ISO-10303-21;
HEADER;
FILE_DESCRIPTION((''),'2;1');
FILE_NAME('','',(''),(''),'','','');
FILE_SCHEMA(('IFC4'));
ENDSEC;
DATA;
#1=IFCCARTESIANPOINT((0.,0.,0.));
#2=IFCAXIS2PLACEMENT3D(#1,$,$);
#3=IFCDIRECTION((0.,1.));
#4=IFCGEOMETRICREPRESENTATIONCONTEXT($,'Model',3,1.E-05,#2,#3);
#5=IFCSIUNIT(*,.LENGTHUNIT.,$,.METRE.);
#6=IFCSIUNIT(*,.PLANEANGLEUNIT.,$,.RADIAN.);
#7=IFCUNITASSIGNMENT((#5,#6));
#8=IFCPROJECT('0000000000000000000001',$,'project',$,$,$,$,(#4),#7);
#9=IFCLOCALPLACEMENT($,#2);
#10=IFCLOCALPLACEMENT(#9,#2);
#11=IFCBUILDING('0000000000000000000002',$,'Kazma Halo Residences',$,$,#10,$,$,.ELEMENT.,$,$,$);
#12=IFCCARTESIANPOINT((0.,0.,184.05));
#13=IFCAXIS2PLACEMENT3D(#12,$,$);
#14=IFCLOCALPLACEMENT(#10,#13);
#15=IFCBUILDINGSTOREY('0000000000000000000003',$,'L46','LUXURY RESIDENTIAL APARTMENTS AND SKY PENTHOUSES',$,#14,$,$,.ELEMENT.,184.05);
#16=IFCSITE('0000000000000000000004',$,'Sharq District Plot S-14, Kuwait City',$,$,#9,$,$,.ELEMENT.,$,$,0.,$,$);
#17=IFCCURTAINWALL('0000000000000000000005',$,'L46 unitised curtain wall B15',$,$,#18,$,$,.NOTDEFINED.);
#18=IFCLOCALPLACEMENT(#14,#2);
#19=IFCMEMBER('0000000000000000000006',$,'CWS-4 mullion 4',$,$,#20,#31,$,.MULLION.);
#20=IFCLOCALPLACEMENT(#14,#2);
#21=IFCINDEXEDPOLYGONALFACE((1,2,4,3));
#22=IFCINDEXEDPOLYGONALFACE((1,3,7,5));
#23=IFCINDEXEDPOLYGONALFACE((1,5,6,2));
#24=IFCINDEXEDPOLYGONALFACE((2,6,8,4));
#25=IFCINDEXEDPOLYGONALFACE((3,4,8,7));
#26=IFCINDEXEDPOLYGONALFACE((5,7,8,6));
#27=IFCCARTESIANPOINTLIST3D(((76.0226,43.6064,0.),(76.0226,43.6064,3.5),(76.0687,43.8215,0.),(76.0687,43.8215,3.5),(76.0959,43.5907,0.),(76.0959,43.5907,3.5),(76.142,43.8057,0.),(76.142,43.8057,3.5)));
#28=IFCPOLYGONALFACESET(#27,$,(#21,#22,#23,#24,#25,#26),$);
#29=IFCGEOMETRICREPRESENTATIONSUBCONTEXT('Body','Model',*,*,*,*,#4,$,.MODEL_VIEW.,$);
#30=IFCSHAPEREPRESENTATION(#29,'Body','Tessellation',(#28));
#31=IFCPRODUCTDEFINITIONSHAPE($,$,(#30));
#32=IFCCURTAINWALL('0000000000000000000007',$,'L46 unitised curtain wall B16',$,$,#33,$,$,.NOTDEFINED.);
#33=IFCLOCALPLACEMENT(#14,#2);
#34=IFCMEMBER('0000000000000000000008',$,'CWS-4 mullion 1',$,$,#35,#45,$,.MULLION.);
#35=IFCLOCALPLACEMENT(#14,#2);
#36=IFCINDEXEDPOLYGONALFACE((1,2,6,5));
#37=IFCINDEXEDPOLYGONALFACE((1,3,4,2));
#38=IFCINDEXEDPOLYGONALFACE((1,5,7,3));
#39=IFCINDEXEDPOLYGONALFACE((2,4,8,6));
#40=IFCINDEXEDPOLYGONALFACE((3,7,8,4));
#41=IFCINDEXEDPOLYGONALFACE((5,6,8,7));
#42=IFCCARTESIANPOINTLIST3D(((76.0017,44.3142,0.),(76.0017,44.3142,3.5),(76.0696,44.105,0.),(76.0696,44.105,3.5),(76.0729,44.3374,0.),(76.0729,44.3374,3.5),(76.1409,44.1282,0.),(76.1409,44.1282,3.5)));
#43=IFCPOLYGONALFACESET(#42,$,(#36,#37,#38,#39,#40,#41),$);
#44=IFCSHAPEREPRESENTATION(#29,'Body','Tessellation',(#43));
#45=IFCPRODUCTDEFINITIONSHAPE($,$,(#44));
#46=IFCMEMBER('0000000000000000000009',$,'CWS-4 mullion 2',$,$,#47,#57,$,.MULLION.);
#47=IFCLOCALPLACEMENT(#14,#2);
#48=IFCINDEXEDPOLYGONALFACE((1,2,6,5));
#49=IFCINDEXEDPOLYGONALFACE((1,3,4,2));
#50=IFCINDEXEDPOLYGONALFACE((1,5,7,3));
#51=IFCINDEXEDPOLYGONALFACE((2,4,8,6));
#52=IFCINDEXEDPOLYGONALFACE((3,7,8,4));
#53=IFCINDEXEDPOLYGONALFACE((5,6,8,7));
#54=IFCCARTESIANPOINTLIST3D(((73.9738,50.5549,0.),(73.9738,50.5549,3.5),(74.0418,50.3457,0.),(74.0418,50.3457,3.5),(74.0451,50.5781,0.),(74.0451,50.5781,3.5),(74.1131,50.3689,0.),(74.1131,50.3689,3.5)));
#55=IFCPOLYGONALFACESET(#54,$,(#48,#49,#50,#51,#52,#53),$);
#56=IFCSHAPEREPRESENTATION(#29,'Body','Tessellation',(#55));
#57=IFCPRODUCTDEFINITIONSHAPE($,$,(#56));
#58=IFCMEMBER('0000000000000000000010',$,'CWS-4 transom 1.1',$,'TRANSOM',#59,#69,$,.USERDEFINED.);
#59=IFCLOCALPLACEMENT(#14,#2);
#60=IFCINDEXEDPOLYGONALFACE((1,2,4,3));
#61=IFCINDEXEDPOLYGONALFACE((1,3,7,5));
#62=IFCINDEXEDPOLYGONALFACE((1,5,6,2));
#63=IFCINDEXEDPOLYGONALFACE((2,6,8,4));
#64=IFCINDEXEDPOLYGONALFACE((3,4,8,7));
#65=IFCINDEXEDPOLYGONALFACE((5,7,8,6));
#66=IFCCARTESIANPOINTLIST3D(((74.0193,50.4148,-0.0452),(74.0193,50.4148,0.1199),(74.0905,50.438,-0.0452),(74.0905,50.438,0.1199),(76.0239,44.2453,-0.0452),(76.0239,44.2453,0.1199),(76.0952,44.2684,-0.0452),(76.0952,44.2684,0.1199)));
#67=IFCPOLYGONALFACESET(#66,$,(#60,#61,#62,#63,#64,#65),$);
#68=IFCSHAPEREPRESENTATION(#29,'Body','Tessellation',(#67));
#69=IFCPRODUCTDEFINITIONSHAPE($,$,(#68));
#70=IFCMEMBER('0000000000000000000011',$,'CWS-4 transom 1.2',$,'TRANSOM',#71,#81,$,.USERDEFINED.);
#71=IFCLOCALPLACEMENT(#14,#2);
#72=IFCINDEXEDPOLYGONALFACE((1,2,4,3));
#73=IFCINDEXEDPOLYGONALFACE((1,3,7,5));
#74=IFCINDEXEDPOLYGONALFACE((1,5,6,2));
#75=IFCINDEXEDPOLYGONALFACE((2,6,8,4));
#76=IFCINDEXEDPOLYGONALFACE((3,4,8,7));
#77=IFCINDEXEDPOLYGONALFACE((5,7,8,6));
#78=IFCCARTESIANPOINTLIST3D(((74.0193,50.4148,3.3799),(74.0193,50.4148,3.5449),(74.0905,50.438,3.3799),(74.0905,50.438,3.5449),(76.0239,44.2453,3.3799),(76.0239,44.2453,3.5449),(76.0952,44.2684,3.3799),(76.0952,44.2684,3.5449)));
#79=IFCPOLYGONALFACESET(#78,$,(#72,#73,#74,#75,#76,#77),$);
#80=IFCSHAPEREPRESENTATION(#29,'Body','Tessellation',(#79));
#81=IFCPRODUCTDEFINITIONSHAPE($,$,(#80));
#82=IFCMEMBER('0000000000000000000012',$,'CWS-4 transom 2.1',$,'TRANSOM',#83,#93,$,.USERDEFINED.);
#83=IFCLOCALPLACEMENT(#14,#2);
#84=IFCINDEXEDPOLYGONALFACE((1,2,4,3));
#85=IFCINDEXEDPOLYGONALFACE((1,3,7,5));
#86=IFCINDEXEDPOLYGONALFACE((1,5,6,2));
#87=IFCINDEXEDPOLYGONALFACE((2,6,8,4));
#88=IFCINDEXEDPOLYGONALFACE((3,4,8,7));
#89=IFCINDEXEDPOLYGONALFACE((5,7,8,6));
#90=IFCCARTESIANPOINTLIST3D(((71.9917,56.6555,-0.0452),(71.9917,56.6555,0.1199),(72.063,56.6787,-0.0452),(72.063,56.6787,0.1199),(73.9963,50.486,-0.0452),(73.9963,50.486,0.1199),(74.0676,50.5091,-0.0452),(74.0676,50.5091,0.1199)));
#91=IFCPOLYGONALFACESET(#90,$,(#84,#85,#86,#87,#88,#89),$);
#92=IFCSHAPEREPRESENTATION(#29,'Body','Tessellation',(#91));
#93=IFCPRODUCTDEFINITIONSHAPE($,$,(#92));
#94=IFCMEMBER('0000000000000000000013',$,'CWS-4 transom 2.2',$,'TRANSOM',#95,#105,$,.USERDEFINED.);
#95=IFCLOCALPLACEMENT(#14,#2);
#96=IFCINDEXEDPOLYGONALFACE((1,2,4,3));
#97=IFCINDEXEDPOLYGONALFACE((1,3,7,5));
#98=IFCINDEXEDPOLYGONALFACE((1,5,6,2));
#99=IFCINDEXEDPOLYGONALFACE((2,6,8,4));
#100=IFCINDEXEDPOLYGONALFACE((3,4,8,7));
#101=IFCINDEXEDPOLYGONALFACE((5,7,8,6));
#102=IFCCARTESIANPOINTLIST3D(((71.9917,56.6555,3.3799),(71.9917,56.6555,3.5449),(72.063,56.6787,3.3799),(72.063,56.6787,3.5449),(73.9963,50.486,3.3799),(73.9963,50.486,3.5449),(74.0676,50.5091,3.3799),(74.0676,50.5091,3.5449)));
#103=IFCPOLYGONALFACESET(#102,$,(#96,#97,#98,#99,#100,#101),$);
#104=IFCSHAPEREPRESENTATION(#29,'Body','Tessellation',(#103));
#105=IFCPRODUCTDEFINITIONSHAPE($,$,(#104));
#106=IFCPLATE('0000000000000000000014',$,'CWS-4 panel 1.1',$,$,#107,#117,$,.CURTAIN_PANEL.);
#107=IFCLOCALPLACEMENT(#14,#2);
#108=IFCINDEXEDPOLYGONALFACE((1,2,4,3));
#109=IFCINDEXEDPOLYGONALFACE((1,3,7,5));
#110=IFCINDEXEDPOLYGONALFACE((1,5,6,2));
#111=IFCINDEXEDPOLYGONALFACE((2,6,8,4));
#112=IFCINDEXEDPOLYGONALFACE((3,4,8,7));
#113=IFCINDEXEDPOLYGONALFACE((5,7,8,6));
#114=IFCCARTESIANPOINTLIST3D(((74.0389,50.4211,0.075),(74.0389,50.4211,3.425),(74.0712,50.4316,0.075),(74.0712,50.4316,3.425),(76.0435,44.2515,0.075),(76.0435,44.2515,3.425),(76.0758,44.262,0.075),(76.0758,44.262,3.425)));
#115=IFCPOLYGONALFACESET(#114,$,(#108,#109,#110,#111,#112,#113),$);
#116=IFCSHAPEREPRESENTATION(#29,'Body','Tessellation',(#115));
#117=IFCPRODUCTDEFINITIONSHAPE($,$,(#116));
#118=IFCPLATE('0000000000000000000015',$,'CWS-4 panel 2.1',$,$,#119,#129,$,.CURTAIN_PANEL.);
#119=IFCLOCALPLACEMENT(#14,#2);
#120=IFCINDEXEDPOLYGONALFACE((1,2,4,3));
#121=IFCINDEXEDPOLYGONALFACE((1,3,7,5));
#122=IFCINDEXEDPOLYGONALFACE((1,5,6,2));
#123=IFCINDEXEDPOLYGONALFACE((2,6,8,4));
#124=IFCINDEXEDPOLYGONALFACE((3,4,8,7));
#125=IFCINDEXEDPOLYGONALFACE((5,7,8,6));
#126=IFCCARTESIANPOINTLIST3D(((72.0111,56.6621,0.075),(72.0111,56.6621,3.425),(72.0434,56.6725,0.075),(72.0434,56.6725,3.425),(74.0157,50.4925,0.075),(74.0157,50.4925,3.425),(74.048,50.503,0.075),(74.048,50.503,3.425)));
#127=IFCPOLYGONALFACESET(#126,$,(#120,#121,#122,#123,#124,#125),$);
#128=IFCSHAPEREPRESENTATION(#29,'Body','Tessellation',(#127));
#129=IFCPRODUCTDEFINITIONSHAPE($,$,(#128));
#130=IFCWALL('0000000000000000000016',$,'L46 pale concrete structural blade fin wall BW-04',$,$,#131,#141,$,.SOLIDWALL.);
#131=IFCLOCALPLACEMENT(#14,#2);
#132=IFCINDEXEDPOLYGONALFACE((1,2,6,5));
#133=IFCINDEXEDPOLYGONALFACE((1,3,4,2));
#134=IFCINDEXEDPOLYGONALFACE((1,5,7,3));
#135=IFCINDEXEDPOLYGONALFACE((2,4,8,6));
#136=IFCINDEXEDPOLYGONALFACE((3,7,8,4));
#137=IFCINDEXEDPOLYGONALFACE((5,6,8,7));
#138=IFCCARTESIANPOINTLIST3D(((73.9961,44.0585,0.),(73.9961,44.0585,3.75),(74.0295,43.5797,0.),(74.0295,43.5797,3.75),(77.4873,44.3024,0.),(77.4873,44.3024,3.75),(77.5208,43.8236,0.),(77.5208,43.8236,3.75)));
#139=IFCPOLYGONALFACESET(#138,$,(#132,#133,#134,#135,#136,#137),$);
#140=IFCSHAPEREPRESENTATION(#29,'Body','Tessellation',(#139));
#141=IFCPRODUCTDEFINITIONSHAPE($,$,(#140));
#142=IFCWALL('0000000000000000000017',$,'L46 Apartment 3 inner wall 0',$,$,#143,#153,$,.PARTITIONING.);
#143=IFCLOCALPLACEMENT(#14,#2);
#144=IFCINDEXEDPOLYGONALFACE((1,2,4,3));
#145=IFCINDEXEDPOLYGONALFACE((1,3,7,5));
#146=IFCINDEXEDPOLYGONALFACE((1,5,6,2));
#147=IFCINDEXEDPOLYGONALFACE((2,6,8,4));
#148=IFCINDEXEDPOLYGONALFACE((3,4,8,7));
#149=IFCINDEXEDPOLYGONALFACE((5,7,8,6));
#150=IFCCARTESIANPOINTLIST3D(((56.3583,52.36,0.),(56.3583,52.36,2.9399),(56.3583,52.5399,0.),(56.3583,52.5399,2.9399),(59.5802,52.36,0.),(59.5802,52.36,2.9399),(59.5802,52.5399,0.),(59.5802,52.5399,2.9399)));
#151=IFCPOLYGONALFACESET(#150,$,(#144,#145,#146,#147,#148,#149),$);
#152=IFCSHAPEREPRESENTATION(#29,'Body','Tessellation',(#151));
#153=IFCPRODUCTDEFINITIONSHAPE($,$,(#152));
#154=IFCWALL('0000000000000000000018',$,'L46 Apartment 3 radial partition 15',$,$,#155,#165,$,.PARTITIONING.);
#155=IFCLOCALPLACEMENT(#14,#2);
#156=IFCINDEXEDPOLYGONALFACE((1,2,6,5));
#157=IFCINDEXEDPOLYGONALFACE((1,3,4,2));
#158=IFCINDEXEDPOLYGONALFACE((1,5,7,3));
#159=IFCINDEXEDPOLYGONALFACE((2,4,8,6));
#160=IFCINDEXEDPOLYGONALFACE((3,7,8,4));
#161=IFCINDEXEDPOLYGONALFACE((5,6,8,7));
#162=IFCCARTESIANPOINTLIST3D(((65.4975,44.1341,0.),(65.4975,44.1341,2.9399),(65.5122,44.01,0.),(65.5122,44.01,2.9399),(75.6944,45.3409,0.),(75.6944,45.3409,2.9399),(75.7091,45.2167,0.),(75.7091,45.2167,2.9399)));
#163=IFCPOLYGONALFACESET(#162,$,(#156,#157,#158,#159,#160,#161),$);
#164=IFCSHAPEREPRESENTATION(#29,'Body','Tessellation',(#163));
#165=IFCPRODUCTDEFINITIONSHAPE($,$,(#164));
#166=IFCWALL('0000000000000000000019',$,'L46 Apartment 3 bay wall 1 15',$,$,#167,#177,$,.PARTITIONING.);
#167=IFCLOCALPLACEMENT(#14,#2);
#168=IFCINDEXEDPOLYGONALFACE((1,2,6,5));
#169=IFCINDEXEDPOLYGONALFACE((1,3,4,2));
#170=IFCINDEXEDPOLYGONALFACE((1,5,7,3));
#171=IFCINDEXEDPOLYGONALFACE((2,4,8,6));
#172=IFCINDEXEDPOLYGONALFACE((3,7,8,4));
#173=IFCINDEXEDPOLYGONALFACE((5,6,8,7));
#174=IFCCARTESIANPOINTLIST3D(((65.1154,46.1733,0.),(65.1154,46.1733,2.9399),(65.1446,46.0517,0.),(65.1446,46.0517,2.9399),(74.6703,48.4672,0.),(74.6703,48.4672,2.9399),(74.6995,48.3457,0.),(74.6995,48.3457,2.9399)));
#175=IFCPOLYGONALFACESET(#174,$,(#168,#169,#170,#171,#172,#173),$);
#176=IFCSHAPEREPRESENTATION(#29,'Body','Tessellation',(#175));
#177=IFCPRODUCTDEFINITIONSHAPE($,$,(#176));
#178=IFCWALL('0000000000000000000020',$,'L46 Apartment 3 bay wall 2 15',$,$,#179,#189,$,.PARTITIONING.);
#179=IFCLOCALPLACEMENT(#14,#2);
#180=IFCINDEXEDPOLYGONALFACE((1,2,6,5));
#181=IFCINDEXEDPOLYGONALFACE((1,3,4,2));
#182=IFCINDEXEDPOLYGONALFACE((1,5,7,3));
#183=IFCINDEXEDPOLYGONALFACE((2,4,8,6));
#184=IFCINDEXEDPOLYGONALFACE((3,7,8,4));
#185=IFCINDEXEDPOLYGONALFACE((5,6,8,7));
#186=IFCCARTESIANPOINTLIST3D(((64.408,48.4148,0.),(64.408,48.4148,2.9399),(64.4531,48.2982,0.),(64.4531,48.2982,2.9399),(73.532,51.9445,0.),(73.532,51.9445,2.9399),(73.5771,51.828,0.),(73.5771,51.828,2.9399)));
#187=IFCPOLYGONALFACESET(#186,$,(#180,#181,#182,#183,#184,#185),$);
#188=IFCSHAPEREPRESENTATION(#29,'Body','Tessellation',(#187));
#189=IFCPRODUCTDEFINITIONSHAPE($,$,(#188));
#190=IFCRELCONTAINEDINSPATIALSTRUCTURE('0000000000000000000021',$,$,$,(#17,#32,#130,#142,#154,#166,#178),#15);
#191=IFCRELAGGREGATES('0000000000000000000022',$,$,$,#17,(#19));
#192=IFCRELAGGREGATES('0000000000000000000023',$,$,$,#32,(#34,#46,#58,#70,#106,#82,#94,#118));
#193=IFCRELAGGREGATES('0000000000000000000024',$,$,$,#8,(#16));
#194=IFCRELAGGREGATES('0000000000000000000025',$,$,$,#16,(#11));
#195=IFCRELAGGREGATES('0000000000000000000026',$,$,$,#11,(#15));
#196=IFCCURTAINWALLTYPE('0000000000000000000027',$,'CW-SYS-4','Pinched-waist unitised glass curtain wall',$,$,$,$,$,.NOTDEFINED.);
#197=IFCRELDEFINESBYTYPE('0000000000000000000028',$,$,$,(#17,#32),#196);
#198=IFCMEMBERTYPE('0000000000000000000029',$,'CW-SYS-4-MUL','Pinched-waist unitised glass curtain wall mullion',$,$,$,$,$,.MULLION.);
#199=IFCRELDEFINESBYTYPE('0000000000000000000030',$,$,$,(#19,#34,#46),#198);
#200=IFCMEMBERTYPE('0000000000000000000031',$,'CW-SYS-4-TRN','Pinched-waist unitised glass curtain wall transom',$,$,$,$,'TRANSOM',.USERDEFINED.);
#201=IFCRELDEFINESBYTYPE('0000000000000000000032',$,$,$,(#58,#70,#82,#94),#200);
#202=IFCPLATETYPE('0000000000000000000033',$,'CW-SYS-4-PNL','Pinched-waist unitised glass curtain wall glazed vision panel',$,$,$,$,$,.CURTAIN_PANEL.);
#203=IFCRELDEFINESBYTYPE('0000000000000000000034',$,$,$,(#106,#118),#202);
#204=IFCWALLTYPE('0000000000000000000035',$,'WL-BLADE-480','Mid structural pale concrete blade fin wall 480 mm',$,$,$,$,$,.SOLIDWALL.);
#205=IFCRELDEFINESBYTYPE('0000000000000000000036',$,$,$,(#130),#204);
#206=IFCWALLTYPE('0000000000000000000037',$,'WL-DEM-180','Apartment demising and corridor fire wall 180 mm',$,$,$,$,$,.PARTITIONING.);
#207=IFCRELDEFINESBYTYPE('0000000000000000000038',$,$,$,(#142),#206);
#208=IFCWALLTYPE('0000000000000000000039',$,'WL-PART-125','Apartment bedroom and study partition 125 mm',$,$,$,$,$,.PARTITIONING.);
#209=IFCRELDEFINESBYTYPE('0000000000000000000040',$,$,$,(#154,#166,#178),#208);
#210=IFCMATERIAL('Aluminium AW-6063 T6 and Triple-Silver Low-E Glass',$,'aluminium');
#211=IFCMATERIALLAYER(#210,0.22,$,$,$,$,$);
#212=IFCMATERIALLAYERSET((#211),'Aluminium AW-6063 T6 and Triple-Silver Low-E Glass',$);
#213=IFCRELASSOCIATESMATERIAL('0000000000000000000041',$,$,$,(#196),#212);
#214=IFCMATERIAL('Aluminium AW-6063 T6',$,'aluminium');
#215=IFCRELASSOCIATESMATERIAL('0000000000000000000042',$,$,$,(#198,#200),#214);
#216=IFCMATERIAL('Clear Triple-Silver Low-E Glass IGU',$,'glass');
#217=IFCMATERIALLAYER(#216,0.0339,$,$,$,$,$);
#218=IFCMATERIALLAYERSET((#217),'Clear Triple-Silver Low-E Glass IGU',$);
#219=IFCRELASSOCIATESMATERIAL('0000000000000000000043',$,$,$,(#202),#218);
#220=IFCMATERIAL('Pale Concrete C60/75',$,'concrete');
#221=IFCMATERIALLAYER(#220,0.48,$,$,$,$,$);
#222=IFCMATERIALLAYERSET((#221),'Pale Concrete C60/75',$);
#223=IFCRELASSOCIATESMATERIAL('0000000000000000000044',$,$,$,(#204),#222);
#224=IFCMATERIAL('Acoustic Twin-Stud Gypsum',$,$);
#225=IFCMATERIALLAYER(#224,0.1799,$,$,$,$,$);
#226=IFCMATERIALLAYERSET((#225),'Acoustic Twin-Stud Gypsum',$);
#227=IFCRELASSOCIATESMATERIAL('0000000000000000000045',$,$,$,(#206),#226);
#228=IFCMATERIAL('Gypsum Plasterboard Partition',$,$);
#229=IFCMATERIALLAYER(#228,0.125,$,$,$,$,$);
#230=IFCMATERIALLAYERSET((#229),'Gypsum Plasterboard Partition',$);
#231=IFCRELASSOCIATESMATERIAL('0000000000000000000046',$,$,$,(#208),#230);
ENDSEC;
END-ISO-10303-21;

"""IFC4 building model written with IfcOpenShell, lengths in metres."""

from ifc_helpers import new_model, si_unit, direction, frame, frame_2d, origin, origin_2d, place, context, subcontext, project, spatial, rectangle, extrude, material, layer, layer_set, material_profile, profile_set, type_object, element, aggregate, save


model = new_model("IFC4")

# Units and contexts
model_context = context("Model", 3, precision=1e-05, world=origin(), true_north=direction((0.0, 1.0)))
body_context = subcontext(model_context, "Body", "Model", "MODEL_VIEW")
ifc_project = project(units=[si_unit("LENGTHUNIT", "METRE"), si_unit("PLANEANGLEUNIT", "RADIAN")], contexts=[model_context])

# Site, building, storey
site_placement = place(None, origin())
site = spatial("IfcSite", under=ifc_project, at=site_placement, Name="Sharq District Plot S-14, Kuwait City", CompositionType="ELEMENT", RefElevation=0.0)
building_placement = place(site_placement, origin())
building = spatial("IfcBuilding", under=site, at=building_placement, Name="Kazma Halo Residences", CompositionType="ELEMENT")
storey_placement = place(building_placement, frame((0.0, 0.0, 184.05)))
storey = spatial("IfcBuildingStorey", under=building, at=storey_placement, Name="L46", Description="LUXURY RESIDENTIAL APARTMENTS AND SKY PENTHOUSES", CompositionType="ELEMENT", Elevation=184.05)

# Curtain wall, member
ifc_material_1 = material(Name="Aluminium AW-6063 T6 and Triple-Silver Low-E Glass", Category="aluminium")
ifc_layer_1 = layer(ifc_material_1, 0.22)
ifc_layer_set_1 = layer_set([ifc_layer_1], Name="Aluminium AW-6063 T6 and Triple-Silver Low-E Glass")
curtain_wall_type = type_object("IfcCurtainWallType", Name="CW-SYS-4", Description="Pinched-waist unitised glass curtain wall", PredefinedType="NOTDEFINED", material=ifc_layer_set_1)
curtain_wall_1_placement = place(storey_placement, origin())
curtain_wall_1 = element("IfcCurtainWall", 1, at=curtain_wall_1_placement, inside=storey, type_object=curtain_wall_type, Name="L46 unitised curtain wall B15", PredefinedType="NOTDEFINED")
ifc_material_2 = material(Name="Aluminium AW-6063 T6", Category="aluminium")
ifc_material_profile_1 = material_profile(ifc_material_2, rectangle(XDim=0.075, YDim=0.22, at=origin_2d()), Name="CWM-75x220")
ifc_profile_set_1 = profile_set([ifc_material_profile_1], Name="Aluminium AW-6063 T6")
member_type_1 = type_object("IfcMemberType", Name="CW-SYS-4-MUL", Description="Pinched-waist unitised glass curtain wall mullion", PredefinedType="MULLION", material=ifc_profile_set_1)
member_1_placement = place(storey_placement, frame((76.0823, 43.7061, 0.0), z_axis=(0.0, 0.0, 1.0), x_axis=(-0.977768, 0.20969, 0.0)))
member_1 = element("IfcMember", 2, at=member_1_placement, type_object=member_type_1, Name="CWS-4 mullion 4", PredefinedType="MULLION", context=body_context, shape_type="SweptSolid", body=[
    extrude(rectangle(XDim=0.075, YDim=0.22, at=origin_2d()), origin(), (0.0, 0.0, 1.0), 3.5),
])
aggregate(curtain_wall_1, [member_1])

# Curtain wall, members, plates
curtain_wall_2_placement = place(storey_placement, origin())
curtain_wall_2 = element("IfcCurtainWall", 3, at=curtain_wall_2_placement, inside=storey, type_object=curtain_wall_type, Name="L46 unitised curtain wall B16", PredefinedType="NOTDEFINED")
member_2_placement = place(storey_placement, frame((76.0713, 44.2212, 0.0), z_axis=(0.0, 0.0, 1.0), x_axis=(-0.951057, -0.309016, 0.0)))
member_2 = element("IfcMember", 4, at=member_2_placement, type_object=member_type_1, Name="CWS-4 mullion 1", PredefinedType="MULLION", context=body_context, shape_type="SweptSolid", body=[
    extrude(rectangle(XDim=0.075, YDim=0.22, at=origin_2d()), origin(), (0.0, 0.0, 1.0), 3.5),
])
member_3_placement = place(storey_placement, frame((74.0435, 50.4619, 0.0), z_axis=(0.0, 0.0, 1.0), x_axis=(-0.951057, -0.309016, 0.0)))
member_3 = element("IfcMember", 5, at=member_3_placement, type_object=member_type_1, Name="CWS-4 mullion 2", PredefinedType="MULLION", context=body_context, shape_type="SweptSolid", body=[
    extrude(rectangle(XDim=0.075, YDim=0.22, at=origin_2d()), origin(), (0.0, 0.0, 1.0), 3.5),
])
ifc_material_profile_2 = material_profile(ifc_material_2, rectangle(XDim=0.075, YDim=0.165, at=origin_2d()), Name="CWT-75x165")
ifc_profile_set_2 = profile_set([ifc_material_profile_2], Name="Aluminium AW-6063 T6")
member_type_2 = type_object("IfcMemberType", Name="CW-SYS-4-TRN", Description="Pinched-waist unitised glass curtain wall transom", ElementType="TRANSOM", PredefinedType="USERDEFINED", material=ifc_profile_set_2)
member_4_placement = place(storey_placement, frame((76.0596, 44.2568, 0.0374), z_axis=(-0.309027, 0.951053, 0.0), x_axis=(-0.951053, -0.309027, 0.0)))
member_4 = element("IfcMember", 6, at=member_4_placement, type_object=member_type_2, Name="CWS-4 transom 1.1", ObjectType="TRANSOM", PredefinedType="USERDEFINED", context=body_context, shape_type="SweptSolid", body=[
    extrude(rectangle(XDim=0.075, YDim=0.165, at=origin_2d()), origin(), (0.0, 0.0, 1.0), 6.4871),
])
member_5_placement = place(storey_placement, frame((76.0596, 44.2568, 3.4624), z_axis=(-0.309027, 0.951053, 0.0), x_axis=(-0.951053, -0.309027, 0.0)))
member_5 = element("IfcMember", 7, at=member_5_placement, type_object=member_type_2, Name="CWS-4 transom 1.2", ObjectType="TRANSOM", PredefinedType="USERDEFINED", context=body_context, shape_type="SweptSolid", body=[
    extrude(rectangle(XDim=0.075, YDim=0.165, at=origin_2d()), origin(), (0.0, 0.0, 1.0), 6.4871),
])
member_6_placement = place(storey_placement, frame((74.032, 50.4976, 0.0374), z_axis=(-0.309015, 0.951057, 0.0), x_axis=(-0.951057, -0.309015, 0.0)))
member_6 = element("IfcMember", 8, at=member_6_placement, type_object=member_type_2, Name="CWS-4 transom 2.1", ObjectType="TRANSOM", PredefinedType="USERDEFINED", context=body_context, shape_type="SweptSolid", body=[
    extrude(rectangle(XDim=0.075, YDim=0.165, at=origin_2d()), origin(), (0.0, 0.0, 1.0), 6.4871),
])
member_7_placement = place(storey_placement, frame((74.032, 50.4976, 3.4624), z_axis=(-0.309015, 0.951057, 0.0), x_axis=(-0.951057, -0.309015, 0.0)))
member_7 = element("IfcMember", 9, at=member_7_placement, type_object=member_type_2, Name="CWS-4 transom 2.2", ObjectType="TRANSOM", PredefinedType="USERDEFINED", context=body_context, shape_type="SweptSolid", body=[
    extrude(rectangle(XDim=0.075, YDim=0.165, at=origin_2d()), origin(), (0.0, 0.0, 1.0), 6.4871),
])
ifc_material_3 = material(Name="Clear Triple-Silver Low-E Glass IGU", Category="glass")
ifc_layer_2 = layer(ifc_material_3, 0.0339)
ifc_layer_set_2 = layer_set([ifc_layer_2], Name="Clear Triple-Silver Low-E Glass IGU")
plate_type = type_object("IfcPlateType", Name="CW-SYS-4-PNL", Description="Pinched-waist unitised glass curtain wall glazed vision panel", PredefinedType="CURTAIN_PANEL", material=ifc_layer_set_2)
plate_1_placement = place(storey_placement, frame((75.0574, 47.3416, 0.075), z_axis=(0.0, 0.0, 1.0), x_axis=(-0.309016, 0.951057, 0.0)))
plate_1 = element("IfcPlate", 10, at=plate_1_placement, type_object=plate_type, Name="CWS-4 panel 1.1", PredefinedType="CURTAIN_PANEL", context=body_context, shape_type="SweptSolid", body=[
    extrude(rectangle(XDim=6.4871, YDim=0.0339, at=origin_2d()), origin(), (0.0, 0.0, 1.0), 3.3501),
])
plate_2_placement = place(storey_placement, frame((73.0295, 53.5825, 0.075), z_axis=(0.0, 0.0, 1.0), x_axis=(-0.309016, 0.951057, 0.0)))
plate_2 = element("IfcPlate", 11, at=plate_2_placement, type_object=plate_type, Name="CWS-4 panel 2.1", PredefinedType="CURTAIN_PANEL", context=body_context, shape_type="SweptSolid", body=[
    extrude(rectangle(XDim=6.4871, YDim=0.0339, at=origin_2d()), origin(), (0.0, 0.0, 1.0), 3.3501),
])
aggregate(curtain_wall_2, [member_2, member_3, member_4, member_5, plate_1, member_6, member_7, plate_2])

# Walls
ifc_material_4 = material(Name="Pale Concrete C60/75", Category="concrete")
ifc_layer_3 = layer(ifc_material_4, 0.48)
ifc_layer_set_3 = layer_set([ifc_layer_3], Name="Pale Concrete C60/75")
wall_type_1 = type_object("IfcWallType", Name="WL-BLADE-480", Description="Mid structural pale concrete blade fin wall 480 mm", PredefinedType="SOLIDWALL", material=ifc_layer_set_3)
wall_1_placement = place(storey_placement, frame((74.0127, 43.8191, 0.0), z_axis=(0.0, 0.0, 1.0), x_axis=(0.997569, 0.06969, 0.0)))
element("IfcWall", 12, at=wall_1_placement, inside=storey, type_object=wall_type_1, Name="L46 pale concrete structural blade fin wall BW-04", PredefinedType="SOLIDWALL", context=body_context, shape_type="SweptSolid", body=[
    extrude(rectangle(XDim=3.4998, YDim=0.48, at=frame_2d((1.75, 0.0))), origin(), (0.0, 0.0, 1.0), 3.75),
])
ifc_material_5 = material(Name="Acoustic Twin-Stud Gypsum")
ifc_layer_4 = layer(ifc_material_5, 0.1799)
ifc_layer_set_4 = layer_set([ifc_layer_4], Name="Acoustic Twin-Stud Gypsum")
wall_type_2 = type_object("IfcWallType", Name="WL-DEM-180", Description="Apartment demising and corridor fire wall 180 mm", PredefinedType="PARTITIONING", material=ifc_layer_set_4)
wall_2_placement = place(storey_placement, frame((59.5801, 52.45, 0.0), z_axis=(0.0, 0.0, 1.0), x_axis=(-1.0, 0.0, 0.0)))
element("IfcWall", 13, at=wall_2_placement, inside=storey, type_object=wall_type_2, Name="L46 Apartment 3 inner wall 0", PredefinedType="PARTITIONING", context=body_context, shape_type="SweptSolid", body=[
    extrude(rectangle(XDim=3.2219, YDim=0.1799, at=frame_2d((1.6108, 0.0))), origin(), (0.0, 0.0, 1.0), 2.9399),
])
ifc_material_6 = material(Name="Gypsum Plasterboard Partition")
ifc_layer_5 = layer(ifc_material_6, 0.125)
ifc_layer_set_5 = layer_set([ifc_layer_5], Name="Gypsum Plasterboard Partition")
wall_type_3 = type_object("IfcWallType", Name="WL-PART-125", Description="Apartment bedroom and study partition 125 mm", PredefinedType="PARTITIONING", material=ifc_layer_set_5)
wall_3_placement = place(storey_placement, frame((65.5049, 44.072, 0.0), z_axis=(0.0, 0.0, 1.0), x_axis=(0.99307, 0.117527, 0.0)))
element("IfcWall", 14, at=wall_3_placement, inside=storey, type_object=wall_type_3, Name="L46 Apartment 3 radial partition 15", PredefinedType="PARTITIONING", context=body_context, shape_type="SweptSolid", body=[
    extrude(rectangle(XDim=10.2681, YDim=0.125, at=frame_2d((5.134, 0.0))), origin(), (0.0, 0.0, 1.0), 2.9399),
])
wall_4_placement = place(storey_placement, frame((65.1301, 46.1125, 0.0), z_axis=(0.0, 0.0, 1.0), x_axis=(0.97237, 0.233446, 0.0)))
element("IfcWall", 15, at=wall_4_placement, inside=storey, type_object=wall_type_3, Name="L46 Apartment 3 bay wall 1 15", PredefinedType="PARTITIONING", context=body_context, shape_type="SweptSolid", body=[
    extrude(rectangle(XDim=9.8264, YDim=0.125, at=frame_2d((4.9131, 0.0))), origin(), (0.0, 0.0, 1.0), 2.9399),
])
wall_5_placement = place(storey_placement, frame((64.4304, 48.3564, 0.0), z_axis=(0.0, 0.0, 1.0), x_axis=(0.93264, 0.360808, 0.0)))
element("IfcWall", 16, at=wall_5_placement, inside=storey, type_object=wall_type_3, Name="L46 Apartment 3 bay wall 2 15", PredefinedType="PARTITIONING", context=body_context, shape_type="SweptSolid", body=[
    extrude(rectangle(XDim=9.783, YDim=0.125, at=frame_2d((4.8916, 0.0))), origin(), (0.0, 0.0, 1.0), 2.9399),
])

save(model, "model.ifc")
